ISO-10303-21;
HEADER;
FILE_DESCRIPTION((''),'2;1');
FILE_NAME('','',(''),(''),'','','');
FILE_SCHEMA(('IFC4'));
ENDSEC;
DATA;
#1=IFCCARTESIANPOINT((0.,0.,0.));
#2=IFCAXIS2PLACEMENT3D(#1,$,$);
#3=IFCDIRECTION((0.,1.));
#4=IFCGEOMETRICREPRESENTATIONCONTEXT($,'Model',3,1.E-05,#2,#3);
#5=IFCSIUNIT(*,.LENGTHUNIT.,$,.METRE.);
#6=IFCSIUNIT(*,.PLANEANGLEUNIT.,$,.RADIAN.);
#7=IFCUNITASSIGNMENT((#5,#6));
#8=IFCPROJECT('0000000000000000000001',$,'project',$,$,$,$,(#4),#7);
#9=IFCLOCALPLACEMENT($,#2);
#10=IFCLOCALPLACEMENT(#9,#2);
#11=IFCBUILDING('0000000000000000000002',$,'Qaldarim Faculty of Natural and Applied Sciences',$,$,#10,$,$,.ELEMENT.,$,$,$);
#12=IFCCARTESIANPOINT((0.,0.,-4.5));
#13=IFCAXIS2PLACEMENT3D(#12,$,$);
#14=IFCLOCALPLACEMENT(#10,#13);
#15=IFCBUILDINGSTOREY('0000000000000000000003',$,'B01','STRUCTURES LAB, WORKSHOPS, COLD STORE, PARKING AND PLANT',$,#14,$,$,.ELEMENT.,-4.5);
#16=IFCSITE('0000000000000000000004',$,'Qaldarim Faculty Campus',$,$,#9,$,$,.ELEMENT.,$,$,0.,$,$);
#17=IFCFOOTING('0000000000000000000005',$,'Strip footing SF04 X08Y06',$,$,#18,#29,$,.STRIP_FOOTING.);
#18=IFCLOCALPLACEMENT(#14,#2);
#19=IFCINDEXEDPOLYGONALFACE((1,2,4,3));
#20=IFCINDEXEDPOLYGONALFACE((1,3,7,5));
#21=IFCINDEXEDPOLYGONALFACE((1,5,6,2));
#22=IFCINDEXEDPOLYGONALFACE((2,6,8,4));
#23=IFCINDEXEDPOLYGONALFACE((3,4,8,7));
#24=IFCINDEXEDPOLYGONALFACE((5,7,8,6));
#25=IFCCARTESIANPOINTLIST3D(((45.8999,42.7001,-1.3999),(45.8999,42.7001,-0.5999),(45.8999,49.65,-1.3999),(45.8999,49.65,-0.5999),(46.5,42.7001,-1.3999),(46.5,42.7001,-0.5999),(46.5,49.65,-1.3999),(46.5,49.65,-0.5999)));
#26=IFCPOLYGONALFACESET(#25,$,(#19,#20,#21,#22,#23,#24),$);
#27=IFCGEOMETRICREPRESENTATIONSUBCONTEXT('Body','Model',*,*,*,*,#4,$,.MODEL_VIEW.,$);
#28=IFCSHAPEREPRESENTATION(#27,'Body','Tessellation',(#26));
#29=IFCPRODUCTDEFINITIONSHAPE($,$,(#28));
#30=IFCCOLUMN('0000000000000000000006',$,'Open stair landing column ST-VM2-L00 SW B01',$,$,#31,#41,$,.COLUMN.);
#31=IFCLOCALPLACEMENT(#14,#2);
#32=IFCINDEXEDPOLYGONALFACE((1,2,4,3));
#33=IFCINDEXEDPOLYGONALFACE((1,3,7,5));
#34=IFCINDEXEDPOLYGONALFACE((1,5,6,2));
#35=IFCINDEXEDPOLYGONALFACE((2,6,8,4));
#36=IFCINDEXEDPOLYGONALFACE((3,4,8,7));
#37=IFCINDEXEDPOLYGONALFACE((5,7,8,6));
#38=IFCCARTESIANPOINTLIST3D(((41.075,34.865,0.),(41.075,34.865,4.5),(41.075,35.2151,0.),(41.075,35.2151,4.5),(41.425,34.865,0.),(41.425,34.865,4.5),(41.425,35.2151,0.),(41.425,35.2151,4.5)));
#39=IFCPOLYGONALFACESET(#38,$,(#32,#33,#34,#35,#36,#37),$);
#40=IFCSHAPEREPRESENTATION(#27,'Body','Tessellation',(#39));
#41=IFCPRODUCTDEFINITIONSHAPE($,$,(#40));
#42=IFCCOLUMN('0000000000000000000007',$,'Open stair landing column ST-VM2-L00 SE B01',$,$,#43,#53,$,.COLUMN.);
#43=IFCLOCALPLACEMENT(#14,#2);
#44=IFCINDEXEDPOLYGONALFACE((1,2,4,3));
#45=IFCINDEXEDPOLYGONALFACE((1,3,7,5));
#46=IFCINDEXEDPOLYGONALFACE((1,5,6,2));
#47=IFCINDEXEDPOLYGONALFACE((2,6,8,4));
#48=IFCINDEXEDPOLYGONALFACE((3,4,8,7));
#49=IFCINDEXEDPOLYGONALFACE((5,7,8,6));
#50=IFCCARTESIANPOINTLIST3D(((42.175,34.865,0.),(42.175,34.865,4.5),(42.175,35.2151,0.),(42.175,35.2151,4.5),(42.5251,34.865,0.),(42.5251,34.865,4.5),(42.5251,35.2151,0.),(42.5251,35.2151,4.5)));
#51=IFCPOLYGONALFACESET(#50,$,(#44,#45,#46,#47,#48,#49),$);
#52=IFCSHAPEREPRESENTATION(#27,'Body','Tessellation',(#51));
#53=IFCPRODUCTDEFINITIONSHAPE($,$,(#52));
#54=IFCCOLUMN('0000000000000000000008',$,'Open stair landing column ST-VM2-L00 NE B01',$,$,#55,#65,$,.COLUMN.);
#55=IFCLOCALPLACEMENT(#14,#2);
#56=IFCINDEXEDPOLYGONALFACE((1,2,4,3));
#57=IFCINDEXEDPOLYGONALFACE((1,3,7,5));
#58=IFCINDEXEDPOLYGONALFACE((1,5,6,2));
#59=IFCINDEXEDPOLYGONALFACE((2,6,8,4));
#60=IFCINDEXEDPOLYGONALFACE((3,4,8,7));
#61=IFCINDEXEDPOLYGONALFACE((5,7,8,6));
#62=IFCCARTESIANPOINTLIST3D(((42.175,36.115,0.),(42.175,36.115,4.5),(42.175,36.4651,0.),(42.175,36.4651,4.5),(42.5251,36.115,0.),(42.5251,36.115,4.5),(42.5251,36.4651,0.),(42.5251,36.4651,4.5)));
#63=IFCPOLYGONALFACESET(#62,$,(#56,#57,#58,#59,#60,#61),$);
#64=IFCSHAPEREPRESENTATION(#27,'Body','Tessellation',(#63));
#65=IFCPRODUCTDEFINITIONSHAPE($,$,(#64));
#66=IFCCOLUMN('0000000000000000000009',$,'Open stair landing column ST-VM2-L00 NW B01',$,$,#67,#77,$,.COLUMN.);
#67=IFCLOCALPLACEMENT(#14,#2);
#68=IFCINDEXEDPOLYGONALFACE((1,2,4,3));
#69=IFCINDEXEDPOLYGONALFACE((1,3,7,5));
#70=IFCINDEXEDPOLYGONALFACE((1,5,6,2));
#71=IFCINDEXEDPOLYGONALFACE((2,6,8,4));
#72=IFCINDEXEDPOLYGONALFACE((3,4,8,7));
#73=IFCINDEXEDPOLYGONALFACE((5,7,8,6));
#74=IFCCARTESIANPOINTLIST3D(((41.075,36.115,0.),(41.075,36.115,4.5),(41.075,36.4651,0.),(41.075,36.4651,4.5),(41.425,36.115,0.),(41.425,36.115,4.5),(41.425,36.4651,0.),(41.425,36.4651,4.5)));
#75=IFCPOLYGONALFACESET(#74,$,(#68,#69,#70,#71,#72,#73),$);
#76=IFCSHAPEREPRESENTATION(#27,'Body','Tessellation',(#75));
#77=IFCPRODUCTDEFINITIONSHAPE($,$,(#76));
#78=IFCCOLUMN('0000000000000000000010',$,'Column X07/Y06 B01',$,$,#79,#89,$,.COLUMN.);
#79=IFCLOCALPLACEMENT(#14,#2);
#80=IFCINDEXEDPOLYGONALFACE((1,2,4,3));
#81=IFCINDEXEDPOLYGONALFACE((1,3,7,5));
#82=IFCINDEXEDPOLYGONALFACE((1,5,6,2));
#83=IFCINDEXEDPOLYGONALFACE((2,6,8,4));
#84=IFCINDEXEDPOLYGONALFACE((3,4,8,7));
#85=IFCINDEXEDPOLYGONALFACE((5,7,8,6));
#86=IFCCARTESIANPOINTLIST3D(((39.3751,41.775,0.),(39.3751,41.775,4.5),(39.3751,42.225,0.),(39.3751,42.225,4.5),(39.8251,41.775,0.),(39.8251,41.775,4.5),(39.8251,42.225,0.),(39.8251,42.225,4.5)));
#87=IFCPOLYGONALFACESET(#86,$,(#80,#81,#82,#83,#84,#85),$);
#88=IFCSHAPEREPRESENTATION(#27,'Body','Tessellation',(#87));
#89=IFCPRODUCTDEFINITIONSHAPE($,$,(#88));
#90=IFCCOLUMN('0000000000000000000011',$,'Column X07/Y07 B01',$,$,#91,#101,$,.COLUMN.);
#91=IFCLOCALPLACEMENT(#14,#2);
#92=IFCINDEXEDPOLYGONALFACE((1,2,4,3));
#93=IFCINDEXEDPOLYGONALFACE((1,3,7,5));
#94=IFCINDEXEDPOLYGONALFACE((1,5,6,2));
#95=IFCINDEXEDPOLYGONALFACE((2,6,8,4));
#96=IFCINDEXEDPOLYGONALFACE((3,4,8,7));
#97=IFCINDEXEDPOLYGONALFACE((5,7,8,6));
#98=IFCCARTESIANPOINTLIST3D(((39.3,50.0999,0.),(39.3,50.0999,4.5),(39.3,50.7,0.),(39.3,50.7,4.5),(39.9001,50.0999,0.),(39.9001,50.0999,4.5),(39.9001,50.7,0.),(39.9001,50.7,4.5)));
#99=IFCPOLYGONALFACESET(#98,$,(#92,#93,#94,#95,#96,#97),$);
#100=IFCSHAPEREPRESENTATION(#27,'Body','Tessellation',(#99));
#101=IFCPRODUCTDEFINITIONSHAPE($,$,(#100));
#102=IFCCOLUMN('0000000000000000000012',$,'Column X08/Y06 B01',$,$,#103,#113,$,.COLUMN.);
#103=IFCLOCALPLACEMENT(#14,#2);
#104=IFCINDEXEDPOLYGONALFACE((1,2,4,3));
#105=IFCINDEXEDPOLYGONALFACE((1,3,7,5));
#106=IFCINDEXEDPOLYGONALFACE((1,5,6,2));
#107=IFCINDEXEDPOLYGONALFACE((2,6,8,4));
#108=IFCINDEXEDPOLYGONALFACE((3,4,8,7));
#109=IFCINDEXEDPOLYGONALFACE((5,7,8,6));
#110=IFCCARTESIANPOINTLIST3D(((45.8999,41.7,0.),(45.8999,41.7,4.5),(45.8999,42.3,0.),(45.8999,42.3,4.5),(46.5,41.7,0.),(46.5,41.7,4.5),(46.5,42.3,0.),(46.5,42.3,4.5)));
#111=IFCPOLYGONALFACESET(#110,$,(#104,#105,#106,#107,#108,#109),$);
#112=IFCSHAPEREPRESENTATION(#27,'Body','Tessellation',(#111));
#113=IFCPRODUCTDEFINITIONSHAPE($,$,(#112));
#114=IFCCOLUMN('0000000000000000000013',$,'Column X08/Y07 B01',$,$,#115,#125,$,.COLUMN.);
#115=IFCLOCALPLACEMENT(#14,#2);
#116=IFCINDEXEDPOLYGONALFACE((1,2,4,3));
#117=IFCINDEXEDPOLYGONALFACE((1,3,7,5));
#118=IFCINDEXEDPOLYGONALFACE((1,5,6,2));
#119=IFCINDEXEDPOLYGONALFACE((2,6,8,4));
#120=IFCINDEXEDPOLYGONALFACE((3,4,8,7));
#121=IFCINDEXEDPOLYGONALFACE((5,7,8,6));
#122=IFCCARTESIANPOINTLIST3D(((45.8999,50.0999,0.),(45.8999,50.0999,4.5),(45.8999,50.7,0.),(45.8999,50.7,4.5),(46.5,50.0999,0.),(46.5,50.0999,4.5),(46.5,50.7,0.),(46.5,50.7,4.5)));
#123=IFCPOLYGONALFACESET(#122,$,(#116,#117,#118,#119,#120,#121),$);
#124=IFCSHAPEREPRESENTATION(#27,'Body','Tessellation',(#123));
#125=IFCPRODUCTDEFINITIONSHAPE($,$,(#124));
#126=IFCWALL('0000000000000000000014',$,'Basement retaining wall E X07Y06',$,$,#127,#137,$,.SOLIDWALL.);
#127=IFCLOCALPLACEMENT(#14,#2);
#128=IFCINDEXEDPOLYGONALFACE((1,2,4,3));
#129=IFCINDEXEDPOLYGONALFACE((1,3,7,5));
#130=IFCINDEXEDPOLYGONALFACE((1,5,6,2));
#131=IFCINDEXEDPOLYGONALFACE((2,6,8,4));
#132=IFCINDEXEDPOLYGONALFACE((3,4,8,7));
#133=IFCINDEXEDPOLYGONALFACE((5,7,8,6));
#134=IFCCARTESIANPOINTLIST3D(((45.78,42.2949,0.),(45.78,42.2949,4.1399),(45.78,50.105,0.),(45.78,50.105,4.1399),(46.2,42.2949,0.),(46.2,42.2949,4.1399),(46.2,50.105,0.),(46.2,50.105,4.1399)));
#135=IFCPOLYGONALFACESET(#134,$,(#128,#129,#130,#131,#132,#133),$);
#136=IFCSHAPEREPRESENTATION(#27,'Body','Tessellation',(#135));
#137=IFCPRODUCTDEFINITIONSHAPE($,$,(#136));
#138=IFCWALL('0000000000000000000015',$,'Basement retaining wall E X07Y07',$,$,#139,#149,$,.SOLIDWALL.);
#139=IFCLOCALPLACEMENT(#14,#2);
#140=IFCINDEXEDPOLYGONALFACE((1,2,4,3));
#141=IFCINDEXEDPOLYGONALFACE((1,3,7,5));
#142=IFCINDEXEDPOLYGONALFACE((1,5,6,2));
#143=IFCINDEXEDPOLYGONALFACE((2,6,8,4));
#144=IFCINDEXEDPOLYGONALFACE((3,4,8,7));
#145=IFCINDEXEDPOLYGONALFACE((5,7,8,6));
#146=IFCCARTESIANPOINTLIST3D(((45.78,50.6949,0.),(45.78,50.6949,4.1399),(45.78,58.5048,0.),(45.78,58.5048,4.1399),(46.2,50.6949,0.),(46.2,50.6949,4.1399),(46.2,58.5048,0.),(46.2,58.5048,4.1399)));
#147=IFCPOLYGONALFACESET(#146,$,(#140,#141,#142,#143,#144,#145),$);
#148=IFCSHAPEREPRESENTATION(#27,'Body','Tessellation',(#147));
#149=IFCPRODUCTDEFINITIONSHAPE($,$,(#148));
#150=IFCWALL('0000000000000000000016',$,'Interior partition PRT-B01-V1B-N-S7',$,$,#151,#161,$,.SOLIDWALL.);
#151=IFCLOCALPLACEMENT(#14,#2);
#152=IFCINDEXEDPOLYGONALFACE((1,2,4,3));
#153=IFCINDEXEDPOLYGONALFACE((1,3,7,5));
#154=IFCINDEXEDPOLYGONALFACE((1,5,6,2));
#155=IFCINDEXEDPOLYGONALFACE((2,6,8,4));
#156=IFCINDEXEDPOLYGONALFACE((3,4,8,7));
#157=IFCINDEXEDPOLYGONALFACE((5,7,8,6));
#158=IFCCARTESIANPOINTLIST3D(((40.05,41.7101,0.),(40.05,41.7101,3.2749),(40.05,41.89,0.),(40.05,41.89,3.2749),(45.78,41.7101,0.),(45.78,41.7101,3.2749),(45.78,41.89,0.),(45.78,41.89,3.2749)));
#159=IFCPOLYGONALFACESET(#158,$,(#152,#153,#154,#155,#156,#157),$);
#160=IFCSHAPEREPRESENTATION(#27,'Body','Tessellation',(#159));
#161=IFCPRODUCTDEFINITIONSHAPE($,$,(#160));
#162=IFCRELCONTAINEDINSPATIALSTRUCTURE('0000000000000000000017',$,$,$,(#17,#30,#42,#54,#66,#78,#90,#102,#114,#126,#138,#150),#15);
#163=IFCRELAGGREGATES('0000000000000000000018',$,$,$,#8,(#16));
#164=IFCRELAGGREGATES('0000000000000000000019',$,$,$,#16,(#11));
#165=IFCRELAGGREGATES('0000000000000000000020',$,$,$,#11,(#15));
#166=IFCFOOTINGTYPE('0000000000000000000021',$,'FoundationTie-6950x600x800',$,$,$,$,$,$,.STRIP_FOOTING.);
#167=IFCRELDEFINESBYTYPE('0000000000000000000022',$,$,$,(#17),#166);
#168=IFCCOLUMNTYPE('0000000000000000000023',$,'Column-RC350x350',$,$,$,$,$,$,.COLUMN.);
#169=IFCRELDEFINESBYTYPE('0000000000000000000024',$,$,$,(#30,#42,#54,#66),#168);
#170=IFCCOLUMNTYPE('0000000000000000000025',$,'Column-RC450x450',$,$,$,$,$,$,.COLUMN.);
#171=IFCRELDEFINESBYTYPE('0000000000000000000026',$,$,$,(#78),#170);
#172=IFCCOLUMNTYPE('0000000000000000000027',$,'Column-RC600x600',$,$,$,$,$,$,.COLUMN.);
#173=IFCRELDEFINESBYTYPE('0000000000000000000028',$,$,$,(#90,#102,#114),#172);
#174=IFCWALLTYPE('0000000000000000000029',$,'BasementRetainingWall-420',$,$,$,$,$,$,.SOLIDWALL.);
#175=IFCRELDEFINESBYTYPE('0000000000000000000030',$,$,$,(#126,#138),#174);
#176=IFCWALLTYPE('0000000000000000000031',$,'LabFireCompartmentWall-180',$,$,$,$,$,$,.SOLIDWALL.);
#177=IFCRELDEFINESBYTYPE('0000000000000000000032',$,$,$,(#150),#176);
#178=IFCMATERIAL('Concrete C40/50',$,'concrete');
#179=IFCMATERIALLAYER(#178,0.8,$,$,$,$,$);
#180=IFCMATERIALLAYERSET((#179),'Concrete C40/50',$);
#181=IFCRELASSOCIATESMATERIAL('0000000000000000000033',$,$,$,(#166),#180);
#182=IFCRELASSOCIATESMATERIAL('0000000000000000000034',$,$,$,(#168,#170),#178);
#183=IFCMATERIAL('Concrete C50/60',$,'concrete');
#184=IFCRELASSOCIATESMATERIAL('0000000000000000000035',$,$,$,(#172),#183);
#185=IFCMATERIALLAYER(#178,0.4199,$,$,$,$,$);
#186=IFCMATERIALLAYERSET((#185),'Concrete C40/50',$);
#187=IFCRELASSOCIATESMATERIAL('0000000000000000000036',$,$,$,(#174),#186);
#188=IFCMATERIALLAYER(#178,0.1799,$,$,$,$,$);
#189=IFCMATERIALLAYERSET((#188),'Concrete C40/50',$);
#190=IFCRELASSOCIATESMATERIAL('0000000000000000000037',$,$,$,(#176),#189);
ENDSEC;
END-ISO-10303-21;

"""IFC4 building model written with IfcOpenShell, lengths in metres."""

from ifc_helpers import new_model, si_unit, direction, frame, frame_2d, origin, origin_2d, place, context, subcontext, project, spatial, rectangle, extrude, material, layer, layer_set, material_profile, profile_set, type_object, element, save


model = new_model("IFC4")

# Units and contexts
model_context = context("Model", 3, precision=1e-05, world=origin(), true_north=direction((0.0, 1.0)))
body_context = subcontext(model_context, "Body", "Model", "MODEL_VIEW")
ifc_project = project(units=[si_unit("LENGTHUNIT", "METRE"), si_unit("PLANEANGLEUNIT", "RADIAN")], contexts=[model_context])

# Site, building, storey
site_placement = place(None, origin())
site = spatial("IfcSite", under=ifc_project, at=site_placement, Name="Qaldarim Faculty Campus", CompositionType="ELEMENT", RefElevation=0.0)
building_placement = place(site_placement, origin())
building = spatial("IfcBuilding", under=site, at=building_placement, Name="Qaldarim Faculty of Natural and Applied Sciences", CompositionType="ELEMENT")
storey_placement = place(building_placement, frame((0.0, 0.0, -4.5)))
storey = spatial("IfcBuildingStorey", under=building, at=storey_placement, Name="B01", Description="STRUCTURES LAB, WORKSHOPS, COLD STORE, PARKING AND PLANT", CompositionType="ELEMENT", Elevation=-4.5)

# Shared definitions
ifc_material_1 = material(Name="Concrete C40/50", Category="concrete")

# Footing
ifc_layer_1 = layer(ifc_material_1, 0.8)
ifc_layer_set_1 = layer_set([ifc_layer_1], Name="Concrete C40/50")
footing_type_1 = type_object("IfcFootingType", Name="FoundationTie-6950x600x800", PredefinedType="STRIP_FOOTING", material=ifc_layer_set_1)
footing_1_placement = place(storey_placement, frame((46.2, 46.175, -1.3999), z_axis=(0.0, 0.0, 1.0), x_axis=(0.0, 1.0, 0.0)))
element("IfcFooting", 1, at=footing_1_placement, inside=storey, type_object=footing_type_1, Name="Strip footing SF04 X08Y06", PredefinedType="STRIP_FOOTING", context=body_context, shape_type="SweptSolid", body=[
    extrude(rectangle(XDim=6.95, YDim=0.6001, at=origin_2d()), origin(), (0.0, 0.0, 1.0), 0.8),
])

# Columns
ifc_material_profile_1 = material_profile(ifc_material_1, rectangle(XDim=0.3501, YDim=0.3501, at=origin_2d()), Name="RC-C350x350")
ifc_profile_set_1 = profile_set([ifc_material_profile_1], Name="Concrete C40/50")
column_type_1 = type_object("IfcColumnType", Name="Column-RC350x350", PredefinedType="COLUMN", material=ifc_profile_set_1)
for number, where, z_axis, x_axis, name in (
    (2, (41.25, 35.04, 0.0), (0.0, 0.0, 1.0), (1.0, 0.0, 0.0), "Open stair landing column ST-VM2-L00 SW B01"),
    (3, (42.3501, 35.04, 0.0), (0.0, 0.0, 1.0), (1.0, 0.0, 0.0), "Open stair landing column ST-VM2-L00 SE B01"),
    (4, (42.3501, 36.29, 0.0), (0.0, 0.0, 1.0), (1.0, 0.0, 0.0), "Open stair landing column ST-VM2-L00 NE B01"),
    (5, (41.25, 36.29, 0.0), (0.0, 0.0, 1.0), (1.0, 0.0, 0.0), "Open stair landing column ST-VM2-L00 NW B01"),
):
    element("IfcColumn", number, at=place(storey_placement, frame(where, z_axis=z_axis, x_axis=x_axis)), inside=storey, type_object=column_type_1, Name=name, PredefinedType="COLUMN", context=body_context, shape_type="SweptSolid", body=[
        extrude(rectangle(XDim=0.3501, YDim=0.3501, at=origin_2d()), origin(), (0.0, 0.0, 1.0), 4.5),
    ])
ifc_material_profile_2 = material_profile(ifc_material_1, rectangle(XDim=0.45, YDim=0.45, at=origin_2d()), Name="RC-C450x450")
ifc_profile_set_2 = profile_set([ifc_material_profile_2], Name="Concrete C40/50")
column_type_2 = type_object("IfcColumnType", Name="Column-RC450x450", PredefinedType="COLUMN", material=ifc_profile_set_2)
column_placement = place(storey_placement, frame((39.6001, 42.0, 0.0), z_axis=(0.0, 0.0, 1.0), x_axis=(1.0, 0.0, 0.0)))
element("IfcColumn", 6, at=column_placement, inside=storey, type_object=column_type_2, Name="Column X07/Y06 B01", PredefinedType="COLUMN", context=body_context, shape_type="SweptSolid", body=[
    extrude(rectangle(XDim=0.45, YDim=0.45, at=origin_2d()), origin(), (0.0, 0.0, 1.0), 4.5),
])
ifc_material_2 = material(Name="Concrete C50/60", Category="concrete")
ifc_material_profile_3 = material_profile(ifc_material_2, rectangle(XDim=0.6001, YDim=0.6001, at=origin_2d()), Name="RC-C600x600")
ifc_profile_set_3 = profile_set([ifc_material_profile_3], Name="Concrete C50/60")
column_type_3 = type_object("IfcColumnType", Name="Column-RC600x600", PredefinedType="COLUMN", material=ifc_profile_set_3)
for number, where, z_axis, x_axis, name in (
    (7, (39.6001, 50.3999, 0.0), (0.0, 0.0, 1.0), (1.0, 0.0, 0.0), "Column X07/Y07 B01"),
    (8, (46.2, 42.0, 0.0), (0.0, 0.0, 1.0), (1.0, 0.0, 0.0), "Column X08/Y06 B01"),
    (9, (46.2, 50.3999, 0.0), (0.0, 0.0, 1.0), (1.0, 0.0, 0.0), "Column X08/Y07 B01"),
):
    element("IfcColumn", number, at=place(storey_placement, frame(where, z_axis=z_axis, x_axis=x_axis)), inside=storey, type_object=column_type_3, Name=name, PredefinedType="COLUMN", context=body_context, shape_type="SweptSolid", body=[
        extrude(rectangle(XDim=0.6001, YDim=0.6001, at=origin_2d()), origin(), (0.0, 0.0, 1.0), 4.5),
    ])

# Walls
ifc_layer_2 = layer(ifc_material_1, 0.4199)
ifc_layer_set_2 = layer_set([ifc_layer_2], Name="Concrete C40/50")
wall_type_1 = type_object("IfcWallType", Name="BasementRetainingWall-420", PredefinedType="SOLIDWALL", material=ifc_layer_set_2)
wall_1_placement = place(storey_placement, frame((45.99, 42.2949, 0.0), z_axis=(0.0, 0.0, 1.0), x_axis=(0.0, 1.0, 0.0)))
element("IfcWall", 10, at=wall_1_placement, inside=storey, type_object=wall_type_1, Name="Basement retaining wall E X07Y06", PredefinedType="SOLIDWALL", context=body_context, shape_type="SweptSolid", body=[
    extrude(rectangle(XDim=7.8101, YDim=0.4199, at=frame_2d((3.905, 0.0))), origin(), (0.0, 0.0, 1.0), 4.1399),
])
wall_2_placement = place(storey_placement, frame((45.99, 50.6951, 0.0), z_axis=(0.0, 0.0, 1.0), x_axis=(0.0, 1.0, 0.0)))
element("IfcWall", 11, at=wall_2_placement, inside=storey, type_object=wall_type_1, Name="Basement retaining wall E X07Y07", PredefinedType="SOLIDWALL", context=body_context, shape_type="SweptSolid", body=[
    extrude(rectangle(XDim=7.8098, YDim=0.4199, at=frame_2d((3.9048, 0.0))), origin(), (0.0, 0.0, 1.0), 4.1399),
])
ifc_layer_3 = layer(ifc_material_1, 0.1799)
ifc_layer_set_3 = layer_set([ifc_layer_3], Name="Concrete C40/50")
wall_type_2 = type_object("IfcWallType", Name="LabFireCompartmentWall-180", PredefinedType="SOLIDWALL", material=ifc_layer_set_3)
wall_3_placement = place(storey_placement, frame((40.05, 41.8, 0.0), z_axis=(0.0, 0.0, 1.0), x_axis=(1.0, 0.0, 0.0)))
element("IfcWall", 12, at=wall_3_placement, inside=storey, type_object=wall_type_2, Name="Interior partition PRT-B01-V1B-N-S7", PredefinedType="SOLIDWALL", context=body_context, shape_type="SweptSolid", body=[
    extrude(rectangle(XDim=5.73, YDim=0.1799, at=frame_2d((2.865, 0.0))), origin(), (0.0, 0.0, 1.0), 3.2749),
])

save(model, "model.ifc")
